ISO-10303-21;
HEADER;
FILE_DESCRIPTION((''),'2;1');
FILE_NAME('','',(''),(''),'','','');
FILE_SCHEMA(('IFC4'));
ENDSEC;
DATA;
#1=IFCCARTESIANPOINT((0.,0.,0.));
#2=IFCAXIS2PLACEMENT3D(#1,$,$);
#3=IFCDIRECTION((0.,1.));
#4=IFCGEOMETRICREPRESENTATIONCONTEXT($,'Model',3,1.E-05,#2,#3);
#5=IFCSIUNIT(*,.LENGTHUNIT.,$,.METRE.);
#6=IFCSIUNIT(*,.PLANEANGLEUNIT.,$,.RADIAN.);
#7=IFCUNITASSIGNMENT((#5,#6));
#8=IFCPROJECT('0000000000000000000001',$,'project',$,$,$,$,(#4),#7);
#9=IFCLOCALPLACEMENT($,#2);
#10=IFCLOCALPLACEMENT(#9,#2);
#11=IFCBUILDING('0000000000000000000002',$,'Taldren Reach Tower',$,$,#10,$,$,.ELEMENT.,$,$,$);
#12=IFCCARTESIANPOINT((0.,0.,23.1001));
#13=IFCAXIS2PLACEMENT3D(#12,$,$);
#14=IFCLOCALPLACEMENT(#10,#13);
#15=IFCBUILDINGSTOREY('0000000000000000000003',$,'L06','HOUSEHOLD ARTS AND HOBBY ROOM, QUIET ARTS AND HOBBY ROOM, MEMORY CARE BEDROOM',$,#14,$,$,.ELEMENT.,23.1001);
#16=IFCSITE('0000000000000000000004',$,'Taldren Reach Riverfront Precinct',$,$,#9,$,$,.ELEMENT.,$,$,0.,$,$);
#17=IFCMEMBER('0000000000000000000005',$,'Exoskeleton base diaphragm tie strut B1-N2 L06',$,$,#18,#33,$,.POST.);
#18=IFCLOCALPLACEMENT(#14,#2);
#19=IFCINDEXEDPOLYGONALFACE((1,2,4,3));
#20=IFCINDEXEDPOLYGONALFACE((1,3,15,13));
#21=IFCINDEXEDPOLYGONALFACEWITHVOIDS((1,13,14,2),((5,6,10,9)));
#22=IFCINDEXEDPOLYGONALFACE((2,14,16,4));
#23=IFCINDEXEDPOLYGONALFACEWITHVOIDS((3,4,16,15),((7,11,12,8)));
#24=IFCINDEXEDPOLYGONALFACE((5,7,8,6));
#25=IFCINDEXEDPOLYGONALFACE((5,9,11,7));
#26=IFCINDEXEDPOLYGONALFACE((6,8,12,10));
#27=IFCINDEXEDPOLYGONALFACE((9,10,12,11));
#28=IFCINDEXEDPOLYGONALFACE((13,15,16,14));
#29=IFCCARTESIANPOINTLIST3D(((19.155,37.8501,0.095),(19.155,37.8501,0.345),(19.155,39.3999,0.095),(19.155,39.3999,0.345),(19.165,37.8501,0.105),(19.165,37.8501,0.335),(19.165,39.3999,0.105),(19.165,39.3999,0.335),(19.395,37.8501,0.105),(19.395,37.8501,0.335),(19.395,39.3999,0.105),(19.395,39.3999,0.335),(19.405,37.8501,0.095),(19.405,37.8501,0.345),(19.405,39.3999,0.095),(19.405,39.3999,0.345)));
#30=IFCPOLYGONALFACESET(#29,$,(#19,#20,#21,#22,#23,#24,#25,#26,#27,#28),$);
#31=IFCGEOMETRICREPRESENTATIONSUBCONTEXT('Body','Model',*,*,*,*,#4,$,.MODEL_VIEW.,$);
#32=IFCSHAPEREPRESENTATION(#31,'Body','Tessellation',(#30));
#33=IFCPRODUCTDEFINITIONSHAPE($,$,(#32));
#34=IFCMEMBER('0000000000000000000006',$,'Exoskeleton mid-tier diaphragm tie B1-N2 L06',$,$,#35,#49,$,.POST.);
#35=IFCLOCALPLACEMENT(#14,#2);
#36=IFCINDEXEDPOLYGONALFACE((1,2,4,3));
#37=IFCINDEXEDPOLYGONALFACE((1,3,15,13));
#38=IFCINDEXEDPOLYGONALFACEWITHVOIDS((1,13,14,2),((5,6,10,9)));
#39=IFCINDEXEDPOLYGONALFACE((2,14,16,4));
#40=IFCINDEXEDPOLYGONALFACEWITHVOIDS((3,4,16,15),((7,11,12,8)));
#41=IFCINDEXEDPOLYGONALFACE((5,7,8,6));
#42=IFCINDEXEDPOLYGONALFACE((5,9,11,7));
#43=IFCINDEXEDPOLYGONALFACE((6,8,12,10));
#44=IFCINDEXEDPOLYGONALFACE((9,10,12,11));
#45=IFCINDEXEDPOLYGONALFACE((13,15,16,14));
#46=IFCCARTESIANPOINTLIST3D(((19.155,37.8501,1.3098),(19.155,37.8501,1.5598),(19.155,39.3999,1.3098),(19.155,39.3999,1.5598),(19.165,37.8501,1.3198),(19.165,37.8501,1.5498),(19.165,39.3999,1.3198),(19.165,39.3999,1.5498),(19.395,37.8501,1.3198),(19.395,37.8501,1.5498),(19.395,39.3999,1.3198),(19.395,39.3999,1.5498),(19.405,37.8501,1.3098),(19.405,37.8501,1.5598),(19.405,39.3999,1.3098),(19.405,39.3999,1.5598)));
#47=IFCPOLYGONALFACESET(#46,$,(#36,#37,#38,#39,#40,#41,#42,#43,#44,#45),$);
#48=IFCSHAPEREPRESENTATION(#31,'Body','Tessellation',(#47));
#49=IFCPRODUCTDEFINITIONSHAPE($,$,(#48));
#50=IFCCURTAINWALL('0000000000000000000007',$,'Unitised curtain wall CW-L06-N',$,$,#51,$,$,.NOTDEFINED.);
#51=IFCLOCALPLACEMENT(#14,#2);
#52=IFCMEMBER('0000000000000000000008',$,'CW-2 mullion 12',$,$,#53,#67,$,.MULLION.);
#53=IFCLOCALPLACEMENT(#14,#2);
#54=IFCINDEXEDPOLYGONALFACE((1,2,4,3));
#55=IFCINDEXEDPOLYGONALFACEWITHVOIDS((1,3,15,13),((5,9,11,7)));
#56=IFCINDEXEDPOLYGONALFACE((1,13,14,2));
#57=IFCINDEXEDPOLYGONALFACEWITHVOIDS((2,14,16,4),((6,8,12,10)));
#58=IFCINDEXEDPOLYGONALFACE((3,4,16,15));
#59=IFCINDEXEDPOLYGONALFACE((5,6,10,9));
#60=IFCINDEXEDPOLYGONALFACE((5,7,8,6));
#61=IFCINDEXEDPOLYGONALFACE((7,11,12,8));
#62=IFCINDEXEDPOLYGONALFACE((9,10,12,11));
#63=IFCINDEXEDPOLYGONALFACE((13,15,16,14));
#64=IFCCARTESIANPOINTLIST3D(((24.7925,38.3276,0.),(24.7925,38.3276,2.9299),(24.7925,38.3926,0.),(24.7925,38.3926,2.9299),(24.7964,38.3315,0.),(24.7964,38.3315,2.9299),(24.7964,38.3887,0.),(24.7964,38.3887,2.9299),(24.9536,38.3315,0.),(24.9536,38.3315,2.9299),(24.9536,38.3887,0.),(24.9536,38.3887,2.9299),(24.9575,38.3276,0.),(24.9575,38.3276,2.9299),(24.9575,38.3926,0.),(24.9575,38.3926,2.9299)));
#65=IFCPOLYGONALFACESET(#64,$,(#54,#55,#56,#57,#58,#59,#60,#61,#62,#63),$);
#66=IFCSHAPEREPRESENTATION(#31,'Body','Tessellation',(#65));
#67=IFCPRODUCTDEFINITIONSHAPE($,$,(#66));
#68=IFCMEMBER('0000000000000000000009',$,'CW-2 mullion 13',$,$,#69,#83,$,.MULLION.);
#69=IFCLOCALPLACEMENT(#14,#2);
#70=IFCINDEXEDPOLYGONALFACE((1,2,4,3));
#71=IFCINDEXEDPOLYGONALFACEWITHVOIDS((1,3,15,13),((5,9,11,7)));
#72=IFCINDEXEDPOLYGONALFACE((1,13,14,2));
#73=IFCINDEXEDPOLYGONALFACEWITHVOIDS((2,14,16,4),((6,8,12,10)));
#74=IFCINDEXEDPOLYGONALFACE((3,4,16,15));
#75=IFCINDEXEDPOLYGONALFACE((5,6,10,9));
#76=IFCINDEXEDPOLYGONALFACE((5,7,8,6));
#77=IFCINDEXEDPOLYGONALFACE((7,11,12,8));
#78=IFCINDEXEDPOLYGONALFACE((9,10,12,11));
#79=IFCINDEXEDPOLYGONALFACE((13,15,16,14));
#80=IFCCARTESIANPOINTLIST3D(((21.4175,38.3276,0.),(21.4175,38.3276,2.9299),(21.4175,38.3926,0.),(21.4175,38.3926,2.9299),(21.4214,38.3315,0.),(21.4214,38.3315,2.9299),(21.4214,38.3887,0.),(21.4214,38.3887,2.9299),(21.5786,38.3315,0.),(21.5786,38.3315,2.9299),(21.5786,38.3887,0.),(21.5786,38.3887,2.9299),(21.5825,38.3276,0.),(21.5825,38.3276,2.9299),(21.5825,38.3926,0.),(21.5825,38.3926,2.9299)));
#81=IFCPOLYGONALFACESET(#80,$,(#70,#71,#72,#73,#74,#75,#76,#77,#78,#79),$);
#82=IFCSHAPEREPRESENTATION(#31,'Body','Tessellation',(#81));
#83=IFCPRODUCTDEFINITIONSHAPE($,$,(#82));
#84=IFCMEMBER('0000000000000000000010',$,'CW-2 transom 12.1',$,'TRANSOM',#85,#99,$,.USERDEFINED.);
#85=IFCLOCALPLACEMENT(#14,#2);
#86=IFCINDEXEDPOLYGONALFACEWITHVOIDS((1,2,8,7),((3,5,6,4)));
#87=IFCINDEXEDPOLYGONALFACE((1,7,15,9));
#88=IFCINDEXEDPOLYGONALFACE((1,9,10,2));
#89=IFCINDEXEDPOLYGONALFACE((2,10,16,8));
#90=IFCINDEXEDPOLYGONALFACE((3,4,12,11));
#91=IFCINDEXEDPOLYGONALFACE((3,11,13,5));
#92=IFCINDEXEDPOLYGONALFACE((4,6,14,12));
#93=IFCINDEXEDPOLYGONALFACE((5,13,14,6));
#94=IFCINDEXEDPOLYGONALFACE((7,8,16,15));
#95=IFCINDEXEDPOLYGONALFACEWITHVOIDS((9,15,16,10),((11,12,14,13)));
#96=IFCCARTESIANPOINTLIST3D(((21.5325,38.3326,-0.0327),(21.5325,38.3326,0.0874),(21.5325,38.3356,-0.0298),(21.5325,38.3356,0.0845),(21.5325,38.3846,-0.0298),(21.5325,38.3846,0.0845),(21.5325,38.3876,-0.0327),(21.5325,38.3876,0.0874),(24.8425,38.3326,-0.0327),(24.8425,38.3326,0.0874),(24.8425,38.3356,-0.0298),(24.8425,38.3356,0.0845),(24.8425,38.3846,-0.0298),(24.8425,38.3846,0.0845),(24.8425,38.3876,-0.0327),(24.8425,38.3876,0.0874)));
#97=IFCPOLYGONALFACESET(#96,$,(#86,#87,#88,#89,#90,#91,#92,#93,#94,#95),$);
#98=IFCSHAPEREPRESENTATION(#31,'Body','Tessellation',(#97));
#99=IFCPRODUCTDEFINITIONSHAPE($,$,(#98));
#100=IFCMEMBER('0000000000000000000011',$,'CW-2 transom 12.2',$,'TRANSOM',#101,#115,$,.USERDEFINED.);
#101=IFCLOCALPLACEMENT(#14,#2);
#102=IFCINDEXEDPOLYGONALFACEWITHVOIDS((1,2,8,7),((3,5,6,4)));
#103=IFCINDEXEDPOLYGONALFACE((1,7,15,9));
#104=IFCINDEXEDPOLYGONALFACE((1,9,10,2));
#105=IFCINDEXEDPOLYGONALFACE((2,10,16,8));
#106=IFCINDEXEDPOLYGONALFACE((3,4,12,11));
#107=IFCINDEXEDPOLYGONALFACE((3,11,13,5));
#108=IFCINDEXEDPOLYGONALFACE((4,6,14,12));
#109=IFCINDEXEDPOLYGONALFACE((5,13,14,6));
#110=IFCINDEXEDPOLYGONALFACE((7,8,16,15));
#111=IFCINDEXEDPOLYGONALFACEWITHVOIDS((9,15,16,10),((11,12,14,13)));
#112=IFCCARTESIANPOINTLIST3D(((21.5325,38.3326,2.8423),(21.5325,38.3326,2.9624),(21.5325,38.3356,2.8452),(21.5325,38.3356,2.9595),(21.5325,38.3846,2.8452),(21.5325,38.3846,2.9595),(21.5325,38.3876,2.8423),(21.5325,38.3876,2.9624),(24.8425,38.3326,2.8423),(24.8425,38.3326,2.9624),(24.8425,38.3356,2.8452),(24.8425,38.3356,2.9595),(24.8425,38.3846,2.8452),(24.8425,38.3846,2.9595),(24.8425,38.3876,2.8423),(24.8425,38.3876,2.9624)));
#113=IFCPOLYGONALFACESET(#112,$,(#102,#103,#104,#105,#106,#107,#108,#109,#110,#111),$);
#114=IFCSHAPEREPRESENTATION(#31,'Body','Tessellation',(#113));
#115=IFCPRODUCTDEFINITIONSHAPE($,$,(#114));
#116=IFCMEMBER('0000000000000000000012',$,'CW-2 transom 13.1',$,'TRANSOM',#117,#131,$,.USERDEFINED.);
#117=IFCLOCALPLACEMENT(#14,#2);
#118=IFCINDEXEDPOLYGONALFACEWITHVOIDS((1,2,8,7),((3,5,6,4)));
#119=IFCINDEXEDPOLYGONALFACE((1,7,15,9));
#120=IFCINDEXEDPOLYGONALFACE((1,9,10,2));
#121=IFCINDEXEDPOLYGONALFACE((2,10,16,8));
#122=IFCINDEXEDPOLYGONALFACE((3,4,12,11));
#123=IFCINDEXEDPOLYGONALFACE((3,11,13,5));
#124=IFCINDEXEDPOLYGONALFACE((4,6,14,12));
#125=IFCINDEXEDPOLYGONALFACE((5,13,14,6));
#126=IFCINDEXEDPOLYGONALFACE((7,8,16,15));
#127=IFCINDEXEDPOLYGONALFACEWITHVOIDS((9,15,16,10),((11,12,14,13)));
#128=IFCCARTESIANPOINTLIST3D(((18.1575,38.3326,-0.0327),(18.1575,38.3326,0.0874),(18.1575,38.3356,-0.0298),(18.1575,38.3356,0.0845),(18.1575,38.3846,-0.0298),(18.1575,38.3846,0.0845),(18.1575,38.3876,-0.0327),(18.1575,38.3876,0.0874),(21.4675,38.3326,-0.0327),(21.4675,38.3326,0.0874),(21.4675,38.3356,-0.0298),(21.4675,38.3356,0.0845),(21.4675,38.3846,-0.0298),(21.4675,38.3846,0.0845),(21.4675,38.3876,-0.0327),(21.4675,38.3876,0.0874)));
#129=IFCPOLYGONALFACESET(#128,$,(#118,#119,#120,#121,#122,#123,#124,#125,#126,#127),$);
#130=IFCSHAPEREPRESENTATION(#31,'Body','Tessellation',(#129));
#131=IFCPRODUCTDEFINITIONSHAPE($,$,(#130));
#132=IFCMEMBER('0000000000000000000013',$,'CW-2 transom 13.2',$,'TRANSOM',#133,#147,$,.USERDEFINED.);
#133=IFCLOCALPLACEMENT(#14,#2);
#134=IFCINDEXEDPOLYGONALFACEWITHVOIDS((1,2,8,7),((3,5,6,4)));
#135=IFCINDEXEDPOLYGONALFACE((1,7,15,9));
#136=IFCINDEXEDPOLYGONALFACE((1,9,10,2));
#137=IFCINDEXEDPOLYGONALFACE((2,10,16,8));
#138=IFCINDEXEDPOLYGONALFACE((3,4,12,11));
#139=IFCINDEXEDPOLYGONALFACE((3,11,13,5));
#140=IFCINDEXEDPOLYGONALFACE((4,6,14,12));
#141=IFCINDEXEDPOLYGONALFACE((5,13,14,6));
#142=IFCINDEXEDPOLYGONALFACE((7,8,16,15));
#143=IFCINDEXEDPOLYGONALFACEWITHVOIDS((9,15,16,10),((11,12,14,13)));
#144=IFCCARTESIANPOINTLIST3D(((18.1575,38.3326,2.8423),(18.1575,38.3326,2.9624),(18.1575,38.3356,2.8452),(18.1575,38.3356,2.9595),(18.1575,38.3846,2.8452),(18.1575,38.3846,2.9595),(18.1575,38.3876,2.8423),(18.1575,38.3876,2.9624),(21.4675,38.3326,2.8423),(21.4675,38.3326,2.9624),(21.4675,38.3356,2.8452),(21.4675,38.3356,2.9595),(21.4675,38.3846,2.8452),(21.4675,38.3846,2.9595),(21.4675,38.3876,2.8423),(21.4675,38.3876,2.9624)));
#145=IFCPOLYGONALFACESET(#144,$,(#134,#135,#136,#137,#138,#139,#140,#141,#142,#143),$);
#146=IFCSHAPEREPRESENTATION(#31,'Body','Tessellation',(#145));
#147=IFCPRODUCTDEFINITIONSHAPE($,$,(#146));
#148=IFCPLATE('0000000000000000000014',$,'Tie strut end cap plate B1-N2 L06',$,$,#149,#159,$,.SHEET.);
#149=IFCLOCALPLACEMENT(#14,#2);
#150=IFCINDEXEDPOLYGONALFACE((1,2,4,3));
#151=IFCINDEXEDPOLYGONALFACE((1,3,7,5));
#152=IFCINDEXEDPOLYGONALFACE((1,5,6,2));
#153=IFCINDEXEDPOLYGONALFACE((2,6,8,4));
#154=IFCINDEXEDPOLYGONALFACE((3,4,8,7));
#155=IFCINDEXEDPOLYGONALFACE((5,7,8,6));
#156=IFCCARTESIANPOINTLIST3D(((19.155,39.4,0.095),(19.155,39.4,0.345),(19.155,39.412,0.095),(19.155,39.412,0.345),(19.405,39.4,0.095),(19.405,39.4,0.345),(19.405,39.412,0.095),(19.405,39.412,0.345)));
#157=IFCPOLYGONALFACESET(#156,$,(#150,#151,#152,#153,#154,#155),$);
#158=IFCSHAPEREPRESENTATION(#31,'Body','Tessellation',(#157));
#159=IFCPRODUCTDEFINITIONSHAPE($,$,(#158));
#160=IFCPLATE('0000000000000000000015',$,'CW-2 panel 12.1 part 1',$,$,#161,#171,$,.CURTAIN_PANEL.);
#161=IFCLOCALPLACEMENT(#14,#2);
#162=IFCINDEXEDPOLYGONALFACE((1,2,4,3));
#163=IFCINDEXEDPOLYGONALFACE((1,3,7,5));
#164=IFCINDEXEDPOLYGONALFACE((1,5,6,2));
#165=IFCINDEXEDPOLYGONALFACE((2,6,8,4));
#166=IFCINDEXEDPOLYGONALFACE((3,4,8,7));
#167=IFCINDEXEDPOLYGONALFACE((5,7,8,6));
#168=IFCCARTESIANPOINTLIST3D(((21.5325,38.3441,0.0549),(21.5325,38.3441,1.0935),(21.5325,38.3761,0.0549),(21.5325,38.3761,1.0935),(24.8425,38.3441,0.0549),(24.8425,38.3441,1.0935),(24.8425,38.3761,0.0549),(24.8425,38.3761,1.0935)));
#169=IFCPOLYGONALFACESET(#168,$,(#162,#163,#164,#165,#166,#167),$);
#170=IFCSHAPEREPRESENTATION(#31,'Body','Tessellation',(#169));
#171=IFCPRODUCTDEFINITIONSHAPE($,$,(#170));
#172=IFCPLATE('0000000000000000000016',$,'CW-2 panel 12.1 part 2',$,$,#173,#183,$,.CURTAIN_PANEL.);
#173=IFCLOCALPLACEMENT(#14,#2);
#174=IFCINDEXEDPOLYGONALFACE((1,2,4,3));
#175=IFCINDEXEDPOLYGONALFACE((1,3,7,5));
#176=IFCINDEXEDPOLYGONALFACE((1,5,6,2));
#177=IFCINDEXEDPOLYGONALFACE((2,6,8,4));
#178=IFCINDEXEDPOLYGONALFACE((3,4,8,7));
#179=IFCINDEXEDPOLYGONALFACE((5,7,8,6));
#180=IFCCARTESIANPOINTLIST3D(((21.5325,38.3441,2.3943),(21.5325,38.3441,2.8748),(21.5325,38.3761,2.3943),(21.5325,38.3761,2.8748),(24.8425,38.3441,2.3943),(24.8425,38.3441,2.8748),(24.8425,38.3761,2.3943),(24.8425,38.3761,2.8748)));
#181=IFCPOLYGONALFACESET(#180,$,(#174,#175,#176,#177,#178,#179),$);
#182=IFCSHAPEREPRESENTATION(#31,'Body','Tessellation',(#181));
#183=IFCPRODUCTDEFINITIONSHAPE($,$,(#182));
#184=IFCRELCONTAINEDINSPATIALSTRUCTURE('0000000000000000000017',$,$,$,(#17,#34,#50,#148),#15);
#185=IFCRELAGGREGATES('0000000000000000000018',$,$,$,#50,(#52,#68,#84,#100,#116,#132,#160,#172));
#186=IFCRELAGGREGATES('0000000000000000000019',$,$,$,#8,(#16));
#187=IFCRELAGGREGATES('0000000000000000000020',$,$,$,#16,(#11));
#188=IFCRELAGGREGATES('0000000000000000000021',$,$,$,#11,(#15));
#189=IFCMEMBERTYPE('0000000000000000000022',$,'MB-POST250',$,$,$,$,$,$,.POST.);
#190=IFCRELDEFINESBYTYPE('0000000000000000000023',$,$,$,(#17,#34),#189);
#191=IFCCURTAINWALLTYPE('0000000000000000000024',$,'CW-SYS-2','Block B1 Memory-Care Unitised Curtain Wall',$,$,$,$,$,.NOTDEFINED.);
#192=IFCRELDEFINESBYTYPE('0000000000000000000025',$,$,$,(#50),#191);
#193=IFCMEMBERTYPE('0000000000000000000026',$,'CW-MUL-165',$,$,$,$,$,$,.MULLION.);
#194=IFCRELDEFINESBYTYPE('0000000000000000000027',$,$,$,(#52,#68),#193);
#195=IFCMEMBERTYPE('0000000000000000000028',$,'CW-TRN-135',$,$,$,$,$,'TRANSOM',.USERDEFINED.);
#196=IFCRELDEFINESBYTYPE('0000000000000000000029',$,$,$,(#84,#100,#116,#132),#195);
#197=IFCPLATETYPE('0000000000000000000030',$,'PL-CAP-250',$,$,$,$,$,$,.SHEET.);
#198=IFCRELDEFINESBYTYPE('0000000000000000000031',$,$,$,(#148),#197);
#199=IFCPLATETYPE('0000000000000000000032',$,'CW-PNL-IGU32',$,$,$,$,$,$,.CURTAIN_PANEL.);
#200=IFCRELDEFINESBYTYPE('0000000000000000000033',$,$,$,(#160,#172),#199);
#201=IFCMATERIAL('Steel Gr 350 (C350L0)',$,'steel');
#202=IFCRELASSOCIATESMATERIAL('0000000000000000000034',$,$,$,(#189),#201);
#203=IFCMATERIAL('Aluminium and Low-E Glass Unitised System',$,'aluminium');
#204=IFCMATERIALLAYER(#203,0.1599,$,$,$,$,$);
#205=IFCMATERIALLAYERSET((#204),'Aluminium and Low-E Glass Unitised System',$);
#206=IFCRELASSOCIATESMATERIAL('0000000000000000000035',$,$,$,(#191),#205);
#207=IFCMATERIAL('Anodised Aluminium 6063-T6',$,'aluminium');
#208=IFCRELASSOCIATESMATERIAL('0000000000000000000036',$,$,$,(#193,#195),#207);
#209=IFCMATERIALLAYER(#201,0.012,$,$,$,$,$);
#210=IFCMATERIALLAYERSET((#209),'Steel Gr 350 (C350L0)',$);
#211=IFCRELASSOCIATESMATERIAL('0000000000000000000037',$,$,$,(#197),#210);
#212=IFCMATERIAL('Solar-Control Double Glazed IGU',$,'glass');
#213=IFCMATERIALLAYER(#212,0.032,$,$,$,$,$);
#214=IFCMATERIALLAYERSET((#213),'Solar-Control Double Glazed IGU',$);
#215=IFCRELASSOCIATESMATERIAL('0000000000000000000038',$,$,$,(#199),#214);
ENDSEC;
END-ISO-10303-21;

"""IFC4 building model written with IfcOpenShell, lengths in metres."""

from ifc_helpers import new_model, si_unit, direction, frame, origin, origin_2d, place, context, subcontext, project, spatial, rectangle, hollow_rectangle, extrude, source, transform, mapped, material, layer, layer_set, material_profile, profile_set, type_object, element, aggregate, save


model = new_model("IFC4")

# Units and contexts
model_context = context("Model", 3, precision=1e-05, world=origin(), true_north=direction((0.0, 1.0)))
body_context = subcontext(model_context, "Body", "Model", "MODEL_VIEW")
ifc_project = project(units=[si_unit("LENGTHUNIT", "METRE"), si_unit("PLANEANGLEUNIT", "RADIAN")], contexts=[model_context])

# Site, building, storey
site_placement = place(None, origin())
site = spatial("IfcSite", under=ifc_project, at=site_placement, Name="Taldren Reach Riverfront Precinct", CompositionType="ELEMENT", RefElevation=0.0)
building_placement = place(site_placement, origin())
building = spatial("IfcBuilding", under=site, at=building_placement, Name="Taldren Reach Tower", CompositionType="ELEMENT")
storey_placement = place(building_placement, frame((0.0, 0.0, 23.1001)))
storey = spatial("IfcBuildingStorey", under=building, at=storey_placement, Name="L06", Description="HOUSEHOLD ARTS AND HOBBY ROOM, QUIET ARTS AND HOBBY ROOM, MEMORY CARE BEDROOM", CompositionType="ELEMENT", Elevation=23.1001)

# Members
ifc_material_1 = material(Name="Steel Gr 350 (C350L0)", Category="steel")
ifc_material_profile_1 = material_profile(ifc_material_1, hollow_rectangle(XDim=0.25, YDim=0.25, WallThickness=0.01, at=origin_2d()), Name="250x250x10.0SHS")
ifc_profile_set_1 = profile_set([ifc_material_profile_1], Name="Steel Gr 350 (C350L0)")
member_type_1 = type_object("IfcMemberType", Name="MB-POST250", PredefinedType="POST", material=ifc_profile_set_1)
shared_shape_1 = source(origin(), body_context, "Body", "SweptSolid", [
    extrude(hollow_rectangle(XDim=0.25, YDim=0.25, WallThickness=0.01, at=origin_2d()), origin(), (0.0, 0.0, 1.0), 1.5498),
])
for number, where, z_axis, x_axis, name in (
    (1, (19.28, 37.8501, 0.22), (0.0, 1.0, 0.0), (-1.0, 0.0, 0.0), "Exoskeleton base diaphragm tie strut B1-N2 L06"),
    (2, (19.28, 37.8501, 1.4348), (0.0, 1.0, 0.0), (-1.0, 0.0, 0.0), "Exoskeleton mid-tier diaphragm tie B1-N2 L06"),
):
    element("IfcMember", number, at=place(storey_placement, frame(where, z_axis=z_axis, x_axis=x_axis)), inside=storey, type_object=member_type_1, Name=name, PredefinedType="POST", context=body_context, shape_type="MappedRepresentation", body=[
        mapped(shared_shape_1, transform((0.0, 0.0, 0.0), scale=1.0)),
    ])

# Curtain wall, members
ifc_material_2 = material(Name="Aluminium and Low-E Glass Unitised System", Category="aluminium")
ifc_layer_1 = layer(ifc_material_2, 0.1599)
ifc_layer_set_1 = layer_set([ifc_layer_1], Name="Aluminium and Low-E Glass Unitised System")
curtain_wall_type = type_object("IfcCurtainWallType", Name="CW-SYS-2", Description="Block B1 Memory-Care Unitised Curtain Wall", PredefinedType="NOTDEFINED", material=ifc_layer_set_1)
curtain_wall_placement = place(storey_placement, origin())
curtain_wall = element("IfcCurtainWall", 3, at=curtain_wall_placement, inside=storey, type_object=curtain_wall_type, Name="Unitised curtain wall CW-L06-N", PredefinedType="NOTDEFINED")
ifc_material_3 = material(Name="Anodised Aluminium 6063-T6", Category="aluminium")
ifc_material_profile_2 = material_profile(ifc_material_3, hollow_rectangle(XDim=0.0649, YDim=0.165, WallThickness=0.0039, at=origin_2d()), Name="ALU-165x65x4RHS")
ifc_profile_set_2 = profile_set([ifc_material_profile_2], Name="Anodised Aluminium 6063-T6")
member_type_2 = type_object("IfcMemberType", Name="CW-MUL-165", PredefinedType="MULLION", material=ifc_profile_set_2)
shared_shape_2 = source(origin(), body_context, "Body", "SweptSolid", [
    extrude(hollow_rectangle(XDim=0.0649, YDim=0.165, WallThickness=0.0039, at=origin_2d()), origin(), (0.0, 0.0, 1.0), 2.9299),
])
member_1_placement = place(storey_placement, frame((24.875, 38.3601, 0.0), z_axis=(0.0, 0.0, 1.0), x_axis=(0.0, -1.0, 0.0)))
member_1 = element("IfcMember", 4, at=member_1_placement, type_object=member_type_2, Name="CW-2 mullion 12", PredefinedType="MULLION", context=body_context, shape_type="MappedRepresentation", body=[
    mapped(shared_shape_2, transform((0.0, 0.0, 0.0), scale=1.0)),
])
member_2_placement = place(storey_placement, frame((21.5, 38.3601, 0.0), z_axis=(0.0, 0.0, 1.0), x_axis=(0.0, -1.0, 0.0)))
member_2 = element("IfcMember", 5, at=member_2_placement, type_object=member_type_2, Name="CW-2 mullion 13", PredefinedType="MULLION", context=body_context, shape_type="MappedRepresentation", body=[
    mapped(shared_shape_2, transform((0.0, 0.0, 0.0), scale=1.0)),
])
ifc_material_profile_3 = material_profile(ifc_material_3, hollow_rectangle(XDim=0.0549, YDim=0.1201, WallThickness=0.0029, at=origin_2d()), Name="ALU-120x55x3RHS")
ifc_profile_set_3 = profile_set([ifc_material_profile_3], Name="Anodised Aluminium 6063-T6")
member_type_3 = type_object("IfcMemberType", Name="CW-TRN-135", ElementType="TRANSOM", PredefinedType="USERDEFINED", material=ifc_profile_set_3)
shared_shape_3 = source(origin(), body_context, "Body", "SweptSolid", [
    extrude(hollow_rectangle(XDim=0.0549, YDim=0.1201, WallThickness=0.0029, at=origin_2d()), origin(), (0.0, 0.0, 1.0), 3.3101),
])
member_3_placement = place(storey_placement, frame((24.8425, 38.3601, 0.0273), z_axis=(-1.0, 0.0, 0.0), x_axis=(0.0, -1.0, 0.0)))
member_3 = element("IfcMember", 6, at=member_3_placement, type_object=member_type_3, Name="CW-2 transom 12.1", ObjectType="TRANSOM", PredefinedType="USERDEFINED", context=body_context, shape_type="MappedRepresentation", body=[
    mapped(shared_shape_3, transform((0.0, 0.0, 0.0), scale=1.0)),
])
member_4_placement = place(storey_placement, frame((24.8425, 38.3601, 2.9023), z_axis=(-1.0, 0.0, 0.0), x_axis=(0.0, -1.0, 0.0)))
member_4 = element("IfcMember", 7, at=member_4_placement, type_object=member_type_3, Name="CW-2 transom 12.2", ObjectType="TRANSOM", PredefinedType="USERDEFINED", context=body_context, shape_type="MappedRepresentation", body=[
    mapped(shared_shape_3, transform((0.0, 0.0, 0.0), scale=1.0)),
])
member_5_placement = place(storey_placement, frame((21.4675, 38.3601, 0.0273), z_axis=(-1.0, 0.0, 0.0), x_axis=(0.0, -1.0, 0.0)))
member_5 = element("IfcMember", 8, at=member_5_placement, type_object=member_type_3, Name="CW-2 transom 13.1", ObjectType="TRANSOM", PredefinedType="USERDEFINED", context=body_context, shape_type="MappedRepresentation", body=[
    mapped(shared_shape_3, transform((0.0, 0.0, 0.0), scale=1.0)),
])
member_6_placement = place(storey_placement, frame((21.4675, 38.3601, 2.9023), z_axis=(-1.0, 0.0, 0.0), x_axis=(0.0, -1.0, 0.0)))
member_6 = element("IfcMember", 9, at=member_6_placement, type_object=member_type_3, Name="CW-2 transom 13.2", ObjectType="TRANSOM", PredefinedType="USERDEFINED", context=body_context, shape_type="MappedRepresentation", body=[
    mapped(shared_shape_3, transform((0.0, 0.0, 0.0), scale=1.0)),
])

# Plates
ifc_layer_2 = layer(ifc_material_1, 0.012)
ifc_layer_set_2 = layer_set([ifc_layer_2], Name="Steel Gr 350 (C350L0)")
plate_type_1 = type_object("IfcPlateType", Name="PL-CAP-250", PredefinedType="SHEET", material=ifc_layer_set_2)
shared_shape_4 = source(origin(), body_context, "Body", "SweptSolid", [
    extrude(rectangle(XDim=0.25, YDim=0.012, at=origin_2d()), origin(), (0.0, 0.0, 1.0), 0.25),
])
plate_1_placement = place(storey_placement, frame((19.28, 39.406, 0.095), z_axis=(0.0, 0.0, 1.0), x_axis=(1.0, 0.0, 0.0)))
element("IfcPlate", 10, at=plate_1_placement, inside=storey, type_object=plate_type_1, Name="Tie strut end cap plate B1-N2 L06", PredefinedType="SHEET", context=body_context, shape_type="MappedRepresentation", body=[
    mapped(shared_shape_4, transform((0.0, 0.0, 0.0), scale=1.0)),
])
ifc_material_4 = material(Name="Solar-Control Double Glazed IGU", Category="glass")
ifc_layer_3 = layer(ifc_material_4, 0.032)
ifc_layer_set_3 = layer_set([ifc_layer_3], Name="Solar-Control Double Glazed IGU")
plate_type_2 = type_object("IfcPlateType", Name="CW-PNL-IGU32", PredefinedType="CURTAIN_PANEL", material=ifc_layer_set_3)
shared_shape_5 = source(origin(), body_context, "Body", "SweptSolid", [
    extrude(rectangle(XDim=3.3101, YDim=0.032, at=origin_2d()), origin(), (0.0, 0.0, 1.0), 1.0386),
])
plate_2_placement = place(storey_placement, frame((23.1875, 38.3601, 0.0549), z_axis=(0.0, 0.0, 1.0), x_axis=(-1.0, 0.0, 0.0)))
plate_2 = element("IfcPlate", 11, at=plate_2_placement, type_object=plate_type_2, Name="CW-2 panel 12.1 part 1", PredefinedType="CURTAIN_PANEL", context=body_context, shape_type="MappedRepresentation", body=[
    mapped(shared_shape_5, transform((0.0, 0.0, 0.0), scale=1.0)),
])
shared_shape_6 = source(origin(), body_context, "Body", "SweptSolid", [
    extrude(rectangle(XDim=3.3101, YDim=0.032, at=origin_2d()), origin(), (0.0, 0.0, 1.0), 0.4805),
])
plate_3_placement = place(storey_placement, frame((23.1875, 38.3601, 2.3943), z_axis=(0.0, 0.0, 1.0), x_axis=(-1.0, 0.0, 0.0)))
plate_3 = element("IfcPlate", 12, at=plate_3_placement, type_object=plate_type_2, Name="CW-2 panel 12.1 part 2", PredefinedType="CURTAIN_PANEL", context=body_context, shape_type="MappedRepresentation", body=[
    mapped(shared_shape_6, transform((0.0, 0.0, 0.0), scale=1.0)),
])
aggregate(curtain_wall, [member_1, member_2, member_3, member_4, member_5, member_6, plate_2, plate_3])

save(model, "model.ifc")
